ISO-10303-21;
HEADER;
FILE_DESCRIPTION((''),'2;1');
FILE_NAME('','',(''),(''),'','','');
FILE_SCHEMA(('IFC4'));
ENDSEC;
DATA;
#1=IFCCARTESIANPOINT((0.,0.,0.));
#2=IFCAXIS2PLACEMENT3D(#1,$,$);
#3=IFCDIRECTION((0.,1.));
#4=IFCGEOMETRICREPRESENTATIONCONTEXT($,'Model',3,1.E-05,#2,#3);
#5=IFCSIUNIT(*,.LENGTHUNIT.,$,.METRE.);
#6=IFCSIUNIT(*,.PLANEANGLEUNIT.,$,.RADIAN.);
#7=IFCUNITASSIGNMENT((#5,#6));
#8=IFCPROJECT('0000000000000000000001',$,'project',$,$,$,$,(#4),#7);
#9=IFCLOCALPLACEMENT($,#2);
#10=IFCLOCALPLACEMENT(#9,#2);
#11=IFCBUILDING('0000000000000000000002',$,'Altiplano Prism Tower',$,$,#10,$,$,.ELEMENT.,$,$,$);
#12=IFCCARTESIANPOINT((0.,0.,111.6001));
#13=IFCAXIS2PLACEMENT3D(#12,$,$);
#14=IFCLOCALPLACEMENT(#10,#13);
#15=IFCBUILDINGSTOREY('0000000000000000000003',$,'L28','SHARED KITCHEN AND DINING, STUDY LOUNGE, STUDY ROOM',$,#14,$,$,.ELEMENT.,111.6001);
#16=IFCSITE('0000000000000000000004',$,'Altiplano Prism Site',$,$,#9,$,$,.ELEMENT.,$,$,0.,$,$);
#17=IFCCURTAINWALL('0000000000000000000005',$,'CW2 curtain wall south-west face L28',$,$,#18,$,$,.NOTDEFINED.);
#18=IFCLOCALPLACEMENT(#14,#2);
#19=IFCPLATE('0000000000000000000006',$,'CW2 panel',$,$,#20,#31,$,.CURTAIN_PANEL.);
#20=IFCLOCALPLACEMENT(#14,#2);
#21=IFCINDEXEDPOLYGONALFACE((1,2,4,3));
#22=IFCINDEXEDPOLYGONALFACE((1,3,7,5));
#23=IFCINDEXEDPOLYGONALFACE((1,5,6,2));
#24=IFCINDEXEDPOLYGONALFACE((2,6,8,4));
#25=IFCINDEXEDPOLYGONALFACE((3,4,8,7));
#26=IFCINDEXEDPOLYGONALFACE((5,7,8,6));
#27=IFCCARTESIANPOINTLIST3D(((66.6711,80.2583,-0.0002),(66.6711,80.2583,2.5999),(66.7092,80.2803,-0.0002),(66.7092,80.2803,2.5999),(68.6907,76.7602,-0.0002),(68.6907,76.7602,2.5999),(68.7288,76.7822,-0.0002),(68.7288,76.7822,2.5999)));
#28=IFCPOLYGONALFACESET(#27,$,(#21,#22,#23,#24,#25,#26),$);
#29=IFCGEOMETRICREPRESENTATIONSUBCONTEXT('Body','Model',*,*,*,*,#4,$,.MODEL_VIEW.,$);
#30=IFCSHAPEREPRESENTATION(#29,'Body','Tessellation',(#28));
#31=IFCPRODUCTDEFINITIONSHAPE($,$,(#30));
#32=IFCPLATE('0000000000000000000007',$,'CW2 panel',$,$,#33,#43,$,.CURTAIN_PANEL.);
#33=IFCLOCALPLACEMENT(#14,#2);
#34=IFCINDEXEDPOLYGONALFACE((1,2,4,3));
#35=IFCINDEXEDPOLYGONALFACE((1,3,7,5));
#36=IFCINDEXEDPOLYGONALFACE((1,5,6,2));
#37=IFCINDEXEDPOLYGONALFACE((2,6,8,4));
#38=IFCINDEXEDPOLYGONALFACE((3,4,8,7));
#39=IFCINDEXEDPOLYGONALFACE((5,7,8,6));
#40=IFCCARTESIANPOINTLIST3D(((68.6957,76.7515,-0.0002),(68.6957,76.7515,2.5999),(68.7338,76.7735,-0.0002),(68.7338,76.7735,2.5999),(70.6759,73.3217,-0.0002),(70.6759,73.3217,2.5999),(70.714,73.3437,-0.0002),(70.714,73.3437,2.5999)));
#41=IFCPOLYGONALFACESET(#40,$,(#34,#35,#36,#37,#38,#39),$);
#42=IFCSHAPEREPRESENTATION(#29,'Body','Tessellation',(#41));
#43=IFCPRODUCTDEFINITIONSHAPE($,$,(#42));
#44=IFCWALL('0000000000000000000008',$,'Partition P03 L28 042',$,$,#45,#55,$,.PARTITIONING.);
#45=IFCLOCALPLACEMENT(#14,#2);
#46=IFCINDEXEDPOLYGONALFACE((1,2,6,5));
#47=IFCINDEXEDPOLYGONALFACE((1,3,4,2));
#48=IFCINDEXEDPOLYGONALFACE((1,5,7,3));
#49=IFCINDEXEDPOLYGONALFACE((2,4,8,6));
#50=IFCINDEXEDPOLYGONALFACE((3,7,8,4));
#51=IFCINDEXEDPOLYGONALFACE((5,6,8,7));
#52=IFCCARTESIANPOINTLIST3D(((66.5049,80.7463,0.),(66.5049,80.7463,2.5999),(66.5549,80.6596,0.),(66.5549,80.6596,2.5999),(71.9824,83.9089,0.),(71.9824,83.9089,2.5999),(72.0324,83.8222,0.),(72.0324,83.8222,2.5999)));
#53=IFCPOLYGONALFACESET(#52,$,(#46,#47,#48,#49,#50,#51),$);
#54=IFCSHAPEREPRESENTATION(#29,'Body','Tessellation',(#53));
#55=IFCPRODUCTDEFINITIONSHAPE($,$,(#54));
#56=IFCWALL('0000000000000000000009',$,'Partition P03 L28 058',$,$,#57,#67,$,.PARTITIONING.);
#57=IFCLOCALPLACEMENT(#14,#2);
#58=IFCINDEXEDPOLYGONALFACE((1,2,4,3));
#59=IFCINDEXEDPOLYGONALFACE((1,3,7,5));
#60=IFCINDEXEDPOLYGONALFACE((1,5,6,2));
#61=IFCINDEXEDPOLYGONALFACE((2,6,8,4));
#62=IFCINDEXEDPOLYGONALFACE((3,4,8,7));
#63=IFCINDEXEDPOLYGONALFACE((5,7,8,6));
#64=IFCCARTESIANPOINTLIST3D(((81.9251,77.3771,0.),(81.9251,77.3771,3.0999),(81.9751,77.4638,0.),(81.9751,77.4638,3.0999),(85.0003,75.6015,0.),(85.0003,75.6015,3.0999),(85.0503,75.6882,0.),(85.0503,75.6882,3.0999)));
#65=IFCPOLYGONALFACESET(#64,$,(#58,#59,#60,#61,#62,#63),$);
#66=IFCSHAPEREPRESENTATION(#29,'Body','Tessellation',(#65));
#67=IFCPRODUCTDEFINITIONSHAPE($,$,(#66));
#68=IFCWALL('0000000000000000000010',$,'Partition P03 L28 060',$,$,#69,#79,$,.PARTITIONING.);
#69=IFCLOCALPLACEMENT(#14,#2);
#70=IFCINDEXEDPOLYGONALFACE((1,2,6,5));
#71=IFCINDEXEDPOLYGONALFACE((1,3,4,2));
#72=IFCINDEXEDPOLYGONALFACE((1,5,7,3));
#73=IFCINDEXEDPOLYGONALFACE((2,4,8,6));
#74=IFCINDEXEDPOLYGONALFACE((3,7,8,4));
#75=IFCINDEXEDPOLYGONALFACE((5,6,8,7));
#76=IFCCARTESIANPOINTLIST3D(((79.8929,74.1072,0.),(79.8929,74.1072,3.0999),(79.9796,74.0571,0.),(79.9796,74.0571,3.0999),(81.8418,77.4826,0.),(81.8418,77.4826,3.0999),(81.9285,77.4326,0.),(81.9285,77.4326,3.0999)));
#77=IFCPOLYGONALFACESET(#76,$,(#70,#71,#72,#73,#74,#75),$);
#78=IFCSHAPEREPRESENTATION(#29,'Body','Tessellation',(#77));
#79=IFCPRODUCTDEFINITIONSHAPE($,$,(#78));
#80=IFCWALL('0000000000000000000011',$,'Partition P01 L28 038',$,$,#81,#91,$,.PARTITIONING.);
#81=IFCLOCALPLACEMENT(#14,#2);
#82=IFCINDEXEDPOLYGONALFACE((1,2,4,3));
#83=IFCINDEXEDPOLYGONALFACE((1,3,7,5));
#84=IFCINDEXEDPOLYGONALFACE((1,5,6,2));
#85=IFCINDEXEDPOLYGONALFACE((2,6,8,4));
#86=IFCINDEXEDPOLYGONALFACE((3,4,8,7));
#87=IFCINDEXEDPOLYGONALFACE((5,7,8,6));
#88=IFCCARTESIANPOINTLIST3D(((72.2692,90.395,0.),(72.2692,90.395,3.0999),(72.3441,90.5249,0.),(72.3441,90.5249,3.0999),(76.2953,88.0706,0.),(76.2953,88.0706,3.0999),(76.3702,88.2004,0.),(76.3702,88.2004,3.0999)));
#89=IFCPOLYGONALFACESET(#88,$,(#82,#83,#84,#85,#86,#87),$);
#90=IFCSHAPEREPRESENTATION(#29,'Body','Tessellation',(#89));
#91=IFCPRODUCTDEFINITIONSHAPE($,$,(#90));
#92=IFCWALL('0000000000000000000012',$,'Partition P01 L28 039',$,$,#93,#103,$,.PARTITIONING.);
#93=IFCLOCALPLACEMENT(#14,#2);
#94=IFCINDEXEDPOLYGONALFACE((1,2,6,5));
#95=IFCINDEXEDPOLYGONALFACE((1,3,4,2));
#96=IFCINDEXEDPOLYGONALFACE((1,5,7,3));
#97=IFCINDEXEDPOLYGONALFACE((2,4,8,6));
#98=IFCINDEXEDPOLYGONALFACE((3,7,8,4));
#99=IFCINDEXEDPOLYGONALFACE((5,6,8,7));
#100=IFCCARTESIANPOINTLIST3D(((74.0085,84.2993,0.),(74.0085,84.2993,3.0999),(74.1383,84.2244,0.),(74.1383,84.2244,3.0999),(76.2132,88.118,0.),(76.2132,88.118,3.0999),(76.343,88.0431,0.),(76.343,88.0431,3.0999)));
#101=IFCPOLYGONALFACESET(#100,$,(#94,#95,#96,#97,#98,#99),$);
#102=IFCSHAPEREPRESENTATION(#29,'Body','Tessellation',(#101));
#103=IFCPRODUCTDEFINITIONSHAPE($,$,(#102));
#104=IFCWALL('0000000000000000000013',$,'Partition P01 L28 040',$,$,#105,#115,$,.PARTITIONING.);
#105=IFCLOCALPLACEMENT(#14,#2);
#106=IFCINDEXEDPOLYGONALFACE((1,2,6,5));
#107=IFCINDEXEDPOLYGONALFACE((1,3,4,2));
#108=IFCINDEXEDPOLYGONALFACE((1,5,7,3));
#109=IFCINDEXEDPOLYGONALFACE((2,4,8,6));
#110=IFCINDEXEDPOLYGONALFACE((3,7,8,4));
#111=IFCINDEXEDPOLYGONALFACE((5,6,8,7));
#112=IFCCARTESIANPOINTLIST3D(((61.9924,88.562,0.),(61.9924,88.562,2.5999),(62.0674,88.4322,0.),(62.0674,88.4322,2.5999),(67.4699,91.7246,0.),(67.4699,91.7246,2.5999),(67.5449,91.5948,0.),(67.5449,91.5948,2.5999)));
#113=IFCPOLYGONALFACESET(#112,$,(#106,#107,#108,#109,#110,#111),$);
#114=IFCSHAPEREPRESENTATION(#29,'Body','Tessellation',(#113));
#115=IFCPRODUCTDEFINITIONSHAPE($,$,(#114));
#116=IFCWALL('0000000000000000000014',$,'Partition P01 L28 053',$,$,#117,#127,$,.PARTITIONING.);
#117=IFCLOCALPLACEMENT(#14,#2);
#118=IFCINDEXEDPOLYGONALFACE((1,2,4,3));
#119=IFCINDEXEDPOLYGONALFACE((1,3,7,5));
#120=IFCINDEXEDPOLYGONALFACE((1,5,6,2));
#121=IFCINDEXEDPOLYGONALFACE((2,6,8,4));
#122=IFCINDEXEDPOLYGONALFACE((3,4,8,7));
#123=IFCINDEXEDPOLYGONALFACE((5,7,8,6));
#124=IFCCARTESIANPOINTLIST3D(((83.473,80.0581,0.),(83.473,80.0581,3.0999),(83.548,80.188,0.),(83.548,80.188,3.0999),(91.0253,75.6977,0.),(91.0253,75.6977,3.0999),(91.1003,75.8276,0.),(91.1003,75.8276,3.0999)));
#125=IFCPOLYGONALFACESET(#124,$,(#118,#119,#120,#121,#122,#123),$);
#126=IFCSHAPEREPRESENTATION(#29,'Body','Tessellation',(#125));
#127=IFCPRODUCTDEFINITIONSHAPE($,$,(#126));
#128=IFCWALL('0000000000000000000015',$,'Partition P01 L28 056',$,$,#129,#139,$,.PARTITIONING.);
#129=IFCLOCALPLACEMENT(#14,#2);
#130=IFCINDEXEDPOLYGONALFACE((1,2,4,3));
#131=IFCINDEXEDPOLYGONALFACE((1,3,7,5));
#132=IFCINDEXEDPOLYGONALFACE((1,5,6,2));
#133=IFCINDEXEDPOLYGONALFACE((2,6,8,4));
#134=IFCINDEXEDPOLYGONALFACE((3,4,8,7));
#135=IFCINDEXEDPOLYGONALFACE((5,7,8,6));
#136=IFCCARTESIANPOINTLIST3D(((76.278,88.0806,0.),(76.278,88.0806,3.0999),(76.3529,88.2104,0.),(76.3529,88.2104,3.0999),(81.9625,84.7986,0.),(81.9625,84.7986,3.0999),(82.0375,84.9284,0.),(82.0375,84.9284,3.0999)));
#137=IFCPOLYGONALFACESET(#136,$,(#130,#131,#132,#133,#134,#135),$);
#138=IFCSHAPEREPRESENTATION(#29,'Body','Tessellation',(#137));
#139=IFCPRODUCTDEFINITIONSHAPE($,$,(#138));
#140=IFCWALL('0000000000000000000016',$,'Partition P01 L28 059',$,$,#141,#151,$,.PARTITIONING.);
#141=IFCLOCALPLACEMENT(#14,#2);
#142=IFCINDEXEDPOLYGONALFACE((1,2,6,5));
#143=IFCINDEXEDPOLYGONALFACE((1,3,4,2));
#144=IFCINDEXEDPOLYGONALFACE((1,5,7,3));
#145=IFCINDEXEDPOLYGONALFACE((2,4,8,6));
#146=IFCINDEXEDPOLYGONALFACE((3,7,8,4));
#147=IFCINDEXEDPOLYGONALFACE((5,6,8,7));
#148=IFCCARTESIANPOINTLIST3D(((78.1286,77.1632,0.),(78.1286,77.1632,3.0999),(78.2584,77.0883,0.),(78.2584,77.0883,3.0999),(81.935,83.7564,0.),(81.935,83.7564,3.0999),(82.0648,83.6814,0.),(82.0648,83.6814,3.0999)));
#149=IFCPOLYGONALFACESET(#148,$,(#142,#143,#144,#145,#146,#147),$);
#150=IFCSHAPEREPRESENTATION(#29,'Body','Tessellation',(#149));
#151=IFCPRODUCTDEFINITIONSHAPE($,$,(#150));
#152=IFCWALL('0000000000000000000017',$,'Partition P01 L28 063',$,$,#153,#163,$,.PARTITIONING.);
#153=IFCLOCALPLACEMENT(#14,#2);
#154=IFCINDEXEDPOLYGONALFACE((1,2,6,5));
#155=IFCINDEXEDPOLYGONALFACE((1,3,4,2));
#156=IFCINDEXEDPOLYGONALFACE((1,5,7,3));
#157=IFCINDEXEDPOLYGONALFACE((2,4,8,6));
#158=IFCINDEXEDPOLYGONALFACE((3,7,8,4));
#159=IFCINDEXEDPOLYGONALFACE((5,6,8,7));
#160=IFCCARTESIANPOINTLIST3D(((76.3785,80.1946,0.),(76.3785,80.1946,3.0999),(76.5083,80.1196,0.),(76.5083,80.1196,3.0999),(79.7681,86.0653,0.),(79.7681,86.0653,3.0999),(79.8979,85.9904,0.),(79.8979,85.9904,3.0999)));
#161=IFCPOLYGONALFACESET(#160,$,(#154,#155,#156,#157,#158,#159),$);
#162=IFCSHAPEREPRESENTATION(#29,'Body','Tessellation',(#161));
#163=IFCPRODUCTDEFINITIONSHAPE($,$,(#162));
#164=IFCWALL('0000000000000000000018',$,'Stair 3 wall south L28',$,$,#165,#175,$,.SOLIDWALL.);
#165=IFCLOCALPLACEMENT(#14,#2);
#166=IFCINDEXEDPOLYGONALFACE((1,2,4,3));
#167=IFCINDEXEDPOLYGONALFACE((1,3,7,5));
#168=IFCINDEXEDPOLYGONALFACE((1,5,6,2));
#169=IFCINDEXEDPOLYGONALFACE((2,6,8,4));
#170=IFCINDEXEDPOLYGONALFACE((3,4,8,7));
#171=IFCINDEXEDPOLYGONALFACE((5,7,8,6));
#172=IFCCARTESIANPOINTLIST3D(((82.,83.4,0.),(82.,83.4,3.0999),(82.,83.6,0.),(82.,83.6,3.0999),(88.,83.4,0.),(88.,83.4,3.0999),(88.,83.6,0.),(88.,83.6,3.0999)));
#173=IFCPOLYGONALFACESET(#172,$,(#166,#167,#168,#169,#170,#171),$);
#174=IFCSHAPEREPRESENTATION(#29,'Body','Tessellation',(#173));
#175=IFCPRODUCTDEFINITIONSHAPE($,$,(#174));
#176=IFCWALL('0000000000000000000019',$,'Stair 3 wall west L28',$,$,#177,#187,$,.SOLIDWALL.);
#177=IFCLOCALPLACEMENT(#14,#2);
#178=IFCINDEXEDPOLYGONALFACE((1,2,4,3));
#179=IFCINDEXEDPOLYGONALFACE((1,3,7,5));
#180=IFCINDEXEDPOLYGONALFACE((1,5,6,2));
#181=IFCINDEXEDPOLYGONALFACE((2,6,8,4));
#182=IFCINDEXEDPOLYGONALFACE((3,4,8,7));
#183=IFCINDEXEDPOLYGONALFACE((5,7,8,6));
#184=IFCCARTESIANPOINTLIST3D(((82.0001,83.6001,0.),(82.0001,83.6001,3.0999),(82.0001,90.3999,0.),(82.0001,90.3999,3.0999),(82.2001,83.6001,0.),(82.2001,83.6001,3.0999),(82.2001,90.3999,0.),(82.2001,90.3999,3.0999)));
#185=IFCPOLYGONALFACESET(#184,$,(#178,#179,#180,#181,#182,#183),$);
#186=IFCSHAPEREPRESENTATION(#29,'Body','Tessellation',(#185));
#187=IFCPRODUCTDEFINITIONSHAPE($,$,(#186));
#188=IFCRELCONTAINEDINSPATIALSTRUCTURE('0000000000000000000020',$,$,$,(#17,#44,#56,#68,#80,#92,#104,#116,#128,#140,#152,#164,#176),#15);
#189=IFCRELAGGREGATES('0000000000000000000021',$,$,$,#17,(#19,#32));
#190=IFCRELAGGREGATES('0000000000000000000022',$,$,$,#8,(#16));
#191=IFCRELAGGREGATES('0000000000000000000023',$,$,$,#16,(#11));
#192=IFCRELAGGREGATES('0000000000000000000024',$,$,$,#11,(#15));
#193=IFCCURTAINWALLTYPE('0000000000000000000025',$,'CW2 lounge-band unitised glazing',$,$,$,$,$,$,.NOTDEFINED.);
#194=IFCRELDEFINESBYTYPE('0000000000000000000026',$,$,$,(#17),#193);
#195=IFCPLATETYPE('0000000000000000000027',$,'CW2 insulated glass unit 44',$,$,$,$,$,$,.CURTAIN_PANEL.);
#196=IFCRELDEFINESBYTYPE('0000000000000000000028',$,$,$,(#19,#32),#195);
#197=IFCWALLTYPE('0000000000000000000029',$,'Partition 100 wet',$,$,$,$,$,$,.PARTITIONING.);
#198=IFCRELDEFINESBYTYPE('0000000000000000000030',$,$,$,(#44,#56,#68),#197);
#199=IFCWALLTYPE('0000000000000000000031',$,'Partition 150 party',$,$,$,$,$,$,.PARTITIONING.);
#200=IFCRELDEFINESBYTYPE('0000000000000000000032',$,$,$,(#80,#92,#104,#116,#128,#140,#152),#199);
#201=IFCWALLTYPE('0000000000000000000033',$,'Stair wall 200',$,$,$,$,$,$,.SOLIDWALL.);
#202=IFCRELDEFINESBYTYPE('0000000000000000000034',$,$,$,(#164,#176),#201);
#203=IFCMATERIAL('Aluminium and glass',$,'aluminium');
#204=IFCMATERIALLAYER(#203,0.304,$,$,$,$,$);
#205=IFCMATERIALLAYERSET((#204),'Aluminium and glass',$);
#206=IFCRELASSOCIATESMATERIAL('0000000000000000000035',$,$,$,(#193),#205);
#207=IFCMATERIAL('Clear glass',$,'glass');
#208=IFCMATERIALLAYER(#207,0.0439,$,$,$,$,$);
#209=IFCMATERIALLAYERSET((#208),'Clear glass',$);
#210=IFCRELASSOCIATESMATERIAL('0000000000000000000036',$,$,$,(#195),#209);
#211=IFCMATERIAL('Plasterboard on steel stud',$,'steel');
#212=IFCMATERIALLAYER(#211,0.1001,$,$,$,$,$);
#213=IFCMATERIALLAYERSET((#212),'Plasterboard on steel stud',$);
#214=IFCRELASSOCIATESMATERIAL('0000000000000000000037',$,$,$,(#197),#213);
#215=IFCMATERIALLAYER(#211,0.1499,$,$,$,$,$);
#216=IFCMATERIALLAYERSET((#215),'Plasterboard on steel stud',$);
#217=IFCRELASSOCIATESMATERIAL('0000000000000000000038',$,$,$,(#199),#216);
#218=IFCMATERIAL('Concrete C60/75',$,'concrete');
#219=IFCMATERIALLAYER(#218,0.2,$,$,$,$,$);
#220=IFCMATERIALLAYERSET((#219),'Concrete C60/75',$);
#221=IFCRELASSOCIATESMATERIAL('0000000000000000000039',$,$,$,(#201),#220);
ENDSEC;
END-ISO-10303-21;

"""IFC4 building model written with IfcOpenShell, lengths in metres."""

from ifc_helpers import new_model, si_unit, direction, frame, frame_2d, origin, origin_2d, place, context, subcontext, project, spatial, rectangle, extrude, material, layer, layer_set, type_object, element, aggregate, save


model = new_model("IFC4")

# Units and contexts
model_context = context("Model", 3, precision=1e-05, world=origin(), true_north=direction((0.0, 1.0)))
body_context = subcontext(model_context, "Body", "Model", "MODEL_VIEW")
ifc_project = project(units=[si_unit("LENGTHUNIT", "METRE"), si_unit("PLANEANGLEUNIT", "RADIAN")], contexts=[model_context])

# Site, building, storey
site_placement = place(None, origin())
site = spatial("IfcSite", under=ifc_project, at=site_placement, Name="Altiplano Prism Site", CompositionType="ELEMENT", RefElevation=0.0)
building_placement = place(site_placement, origin())
building = spatial("IfcBuilding", under=site, at=building_placement, Name="Altiplano Prism Tower", CompositionType="ELEMENT")
storey_placement = place(building_placement, frame((0.0, 0.0, 111.6001)))
storey = spatial("IfcBuildingStorey", under=building, at=storey_placement, Name="L28", Description="SHARED KITCHEN AND DINING, STUDY LOUNGE, STUDY ROOM", CompositionType="ELEMENT", Elevation=111.6001)

# Shared definitions
ifc_material_1 = material(Name="Concrete C60/75", Category="concrete")

# Curtain wall
ifc_material_2 = material(Name="Aluminium and glass", Category="aluminium")
ifc_layer_1 = layer(ifc_material_2, 0.304)
ifc_layer_set_1 = layer_set([ifc_layer_1], Name="Aluminium and glass")
curtain_wall_type = type_object("IfcCurtainWallType", Name="CW2 lounge-band unitised glazing", PredefinedType="NOTDEFINED", material=ifc_layer_set_1)
curtain_wall_placement = place(storey_placement, origin())
curtain_wall = element("IfcCurtainWall", 1, at=curtain_wall_placement, inside=storey, type_object=curtain_wall_type, Name="CW2 curtain wall south-west face L28", PredefinedType="NOTDEFINED")

# Plates
ifc_material_3 = material(Name="Clear glass", Category="glass")
ifc_layer_2 = layer(ifc_material_3, 0.0439)
ifc_layer_set_2 = layer_set([ifc_layer_2], Name="Clear glass")
plate_type = type_object("IfcPlateType", Name="CW2 insulated glass unit 44", PredefinedType="CURTAIN_PANEL", material=ifc_layer_set_2)
plate_1_placement = place(storey_placement, frame((67.7, 78.5203, -0.0002), z_axis=(0.0, 0.0, 1.0), x_axis=(0.5, -0.866025, 0.0)))
plate_1 = element("IfcPlate", 2, at=plate_1_placement, type_object=plate_type, Name="CW2 panel", PredefinedType="CURTAIN_PANEL", context=body_context, shape_type="SweptSolid", body=[
    extrude(rectangle(XDim=4.0393, YDim=0.0439, at=origin_2d()), origin(), (0.0, 0.0, 1.0), 2.6001),
])
plate_2_placement = place(storey_placement, frame((69.7048, 75.0476, -0.0002), z_axis=(0.0, 0.0, 1.0), x_axis=(0.5, -0.866025, 0.0)))
plate_2 = element("IfcPlate", 3, at=plate_2_placement, type_object=plate_type, Name="CW2 panel", PredefinedType="CURTAIN_PANEL", context=body_context, shape_type="SweptSolid", body=[
    extrude(rectangle(XDim=3.9604, YDim=0.0439, at=origin_2d()), origin(), (0.0, 0.0, 1.0), 2.6001),
])
aggregate(curtain_wall, [plate_1, plate_2])

# Walls
ifc_material_4 = material(Name="Plasterboard on steel stud", Category="steel")
ifc_layer_3 = layer(ifc_material_4, 0.1001)
ifc_layer_set_3 = layer_set([ifc_layer_3], Name="Plasterboard on steel stud")
wall_type_1 = type_object("IfcWallType", Name="Partition 100 wet", PredefinedType="PARTITIONING", material=ifc_layer_set_3)
wall_1_placement = place(storey_placement, frame((66.5298, 80.7029, 0.0), z_axis=(0.0, 0.0, 1.0), x_axis=(0.866016, 0.500016, 0.0)))
element("IfcWall", 4, at=wall_1_placement, inside=storey, type_object=wall_type_1, Name="Partition P03 L28 042", PredefinedType="PARTITIONING", context=body_context, shape_type="SweptSolid", body=[
    extrude(rectangle(XDim=6.325, YDim=0.1001, at=frame_2d((3.1626, 0.0))), origin(), (0.0, 0.0, 1.0), 2.5999),
])
wall_2_placement = place(storey_placement, frame((81.9502, 77.4204, 0.0), z_axis=(0.0, 0.0, 1.0), x_axis=(0.866005, -0.500036, 0.0)))
element("IfcWall", 5, at=wall_2_placement, inside=storey, type_object=wall_type_1, Name="Partition P03 L28 058", PredefinedType="PARTITIONING", context=body_context, shape_type="SweptSolid", body=[
    extrude(rectangle(XDim=3.551, YDim=0.1001, at=frame_2d((1.7754, 0.0))), origin(), (0.0, 0.0, 1.0), 3.0999),
])
wall_3_placement = place(storey_placement, frame((79.9363, 74.0823, 0.0), z_axis=(0.0, 0.0, 1.0), x_axis=(0.500026, 0.86601, 0.0)))
element("IfcWall", 6, at=wall_3_placement, inside=storey, type_object=wall_type_1, Name="Partition P03 L28 060", PredefinedType="PARTITIONING", context=body_context, shape_type="SweptSolid", body=[
    extrude(rectangle(XDim=3.8977, YDim=0.1001, at=frame_2d((1.9487, 0.0))), origin(), (0.0, 0.0, 1.0), 3.0999),
])
ifc_layer_4 = layer(ifc_material_4, 0.1499)
ifc_layer_set_4 = layer_set([ifc_layer_4], Name="Plasterboard on steel stud")
wall_type_2 = type_object("IfcWallType", Name="Partition 150 party", PredefinedType="PARTITIONING", material=ifc_layer_set_4)
wall_4_placement = place(storey_placement, frame((76.3328, 88.1355, 0.0), z_axis=(0.0, 0.0, 1.0), x_axis=(-0.866027, 0.499997, 0.0)))
element("IfcWall", 7, at=wall_4_placement, inside=storey, type_object=wall_type_2, Name="Partition P01 L28 038", PredefinedType="PARTITIONING", context=body_context, shape_type="SweptSolid", body=[
    extrude(rectangle(XDim=4.6489, YDim=0.1499, at=frame_2d((2.3245, 0.0))), origin(), (0.0, 0.0, 1.0), 3.0999),
])
wall_5_placement = place(storey_placement, frame((74.0735, 84.262, 0.0), z_axis=(0.0, 0.0, 1.0), x_axis=(0.499986, 0.866033, 0.0)))
element("IfcWall", 8, at=wall_5_placement, inside=storey, type_object=wall_type_2, Name="Partition P01 L28 039", PredefinedType="PARTITIONING", context=body_context, shape_type="SweptSolid", body=[
    extrude(rectangle(XDim=4.4094, YDim=0.1499, at=frame_2d((2.2046, 0.0))), origin(), (0.0, 0.0, 1.0), 3.0999),
])
wall_6_placement = place(storey_placement, frame((62.0298, 88.4971, 0.0), z_axis=(0.0, 0.0, 1.0), x_axis=(0.866016, 0.500016, 0.0)))
element("IfcWall", 9, at=wall_6_placement, inside=storey, type_object=wall_type_2, Name="Partition P01 L28 040", PredefinedType="PARTITIONING", context=body_context, shape_type="SweptSolid", body=[
    extrude(rectangle(XDim=6.325, YDim=0.1499, at=frame_2d((3.1626, 0.0))), origin(), (0.0, 0.0, 1.0), 2.5999),
])
wall_7_placement = place(storey_placement, frame((83.5105, 80.123, 0.0), z_axis=(0.0, 0.0, 1.0), x_axis=(0.866022, -0.500005, 0.0)))
element("IfcWall", 10, at=wall_7_placement, inside=storey, type_object=wall_type_2, Name="Partition P01 L28 053", PredefinedType="PARTITIONING", context=body_context, shape_type="SweptSolid", body=[
    extrude(rectangle(XDim=8.7207, YDim=0.1499, at=frame_2d((4.3604, 0.0))), origin(), (0.0, 0.0, 1.0), 3.0999),
])
wall_8_placement = place(storey_placement, frame((76.3154, 88.1455, 0.0), z_axis=(0.0, 0.0, 1.0), x_axis=(0.866026, -0.499999, 0.0)))
element("IfcWall", 11, at=wall_8_placement, inside=storey, type_object=wall_type_2, Name="Partition P01 L28 056", PredefinedType="PARTITIONING", context=body_context, shape_type="SweptSolid", body=[
    extrude(rectangle(XDim=6.564, YDim=0.1499, at=frame_2d((3.282, 0.0))), origin(), (0.0, 0.0, 1.0), 3.0999),
])
wall_9_placement = place(storey_placement, frame((82.0, 83.719, 0.0), z_axis=(0.0, 0.0, 1.0), x_axis=(-0.499992, -0.86603, 0.0)))
element("IfcWall", 12, at=wall_9_placement, inside=storey, type_object=wall_type_2, Name="Partition P01 L28 059", PredefinedType="PARTITIONING", context=body_context, shape_type="SweptSolid", body=[
    extrude(rectangle(XDim=7.613, YDim=0.1499, at=frame_2d((3.8066, 0.0))), origin(), (0.0, 0.0, 1.0), 3.0999),
])
wall_10_placement = place(storey_placement, frame((76.4434, 80.157, 0.0), z_axis=(0.0, 0.0, 1.0), x_axis=(0.500012, 0.866018, 0.0)))
element("IfcWall", 13, at=wall_10_placement, inside=storey, type_object=wall_type_2, Name="Partition P01 L28 063", PredefinedType="PARTITIONING", context=body_context, shape_type="SweptSolid", body=[
    extrude(rectangle(XDim=6.7791, YDim=0.1499, at=frame_2d((3.3896, 0.0))), origin(), (0.0, 0.0, 1.0), 3.0999),
])
ifc_layer_5 = layer(ifc_material_1, 0.2)
ifc_layer_set_5 = layer_set([ifc_layer_5], Name="Concrete C60/75")
wall_type_3 = type_object("IfcWallType", Name="Stair wall 200", PredefinedType="SOLIDWALL", material=ifc_layer_set_5)
wall_11_placement = place(storey_placement, frame((82.0, 83.5, 0.0), z_axis=(0.0, 0.0, 1.0), x_axis=(1.0, 0.0, 0.0)))
element("IfcWall", 14, at=wall_11_placement, inside=storey, type_object=wall_type_3, Name="Stair 3 wall south L28", PredefinedType="SOLIDWALL", context=body_context, shape_type="SweptSolid", body=[
    extrude(rectangle(XDim=6.0, YDim=0.2, at=frame_2d((3.0, 0.0))), origin(), (0.0, 0.0, 1.0), 3.0999),
])
wall_12_placement = place(storey_placement, frame((82.1001, 83.6001, 0.0), z_axis=(0.0, 0.0, 1.0), x_axis=(0.0, 1.0, 0.0)))
element("IfcWall", 15, at=wall_12_placement, inside=storey, type_object=wall_type_3, Name="Stair 3 wall west L28", PredefinedType="SOLIDWALL", context=body_context, shape_type="SweptSolid", body=[
    extrude(rectangle(XDim=6.7998, YDim=0.2, at=frame_2d((3.3999, 0.0))), origin(), (0.0, 0.0, 1.0), 3.0999),
])

save(model, "model.ifc")
